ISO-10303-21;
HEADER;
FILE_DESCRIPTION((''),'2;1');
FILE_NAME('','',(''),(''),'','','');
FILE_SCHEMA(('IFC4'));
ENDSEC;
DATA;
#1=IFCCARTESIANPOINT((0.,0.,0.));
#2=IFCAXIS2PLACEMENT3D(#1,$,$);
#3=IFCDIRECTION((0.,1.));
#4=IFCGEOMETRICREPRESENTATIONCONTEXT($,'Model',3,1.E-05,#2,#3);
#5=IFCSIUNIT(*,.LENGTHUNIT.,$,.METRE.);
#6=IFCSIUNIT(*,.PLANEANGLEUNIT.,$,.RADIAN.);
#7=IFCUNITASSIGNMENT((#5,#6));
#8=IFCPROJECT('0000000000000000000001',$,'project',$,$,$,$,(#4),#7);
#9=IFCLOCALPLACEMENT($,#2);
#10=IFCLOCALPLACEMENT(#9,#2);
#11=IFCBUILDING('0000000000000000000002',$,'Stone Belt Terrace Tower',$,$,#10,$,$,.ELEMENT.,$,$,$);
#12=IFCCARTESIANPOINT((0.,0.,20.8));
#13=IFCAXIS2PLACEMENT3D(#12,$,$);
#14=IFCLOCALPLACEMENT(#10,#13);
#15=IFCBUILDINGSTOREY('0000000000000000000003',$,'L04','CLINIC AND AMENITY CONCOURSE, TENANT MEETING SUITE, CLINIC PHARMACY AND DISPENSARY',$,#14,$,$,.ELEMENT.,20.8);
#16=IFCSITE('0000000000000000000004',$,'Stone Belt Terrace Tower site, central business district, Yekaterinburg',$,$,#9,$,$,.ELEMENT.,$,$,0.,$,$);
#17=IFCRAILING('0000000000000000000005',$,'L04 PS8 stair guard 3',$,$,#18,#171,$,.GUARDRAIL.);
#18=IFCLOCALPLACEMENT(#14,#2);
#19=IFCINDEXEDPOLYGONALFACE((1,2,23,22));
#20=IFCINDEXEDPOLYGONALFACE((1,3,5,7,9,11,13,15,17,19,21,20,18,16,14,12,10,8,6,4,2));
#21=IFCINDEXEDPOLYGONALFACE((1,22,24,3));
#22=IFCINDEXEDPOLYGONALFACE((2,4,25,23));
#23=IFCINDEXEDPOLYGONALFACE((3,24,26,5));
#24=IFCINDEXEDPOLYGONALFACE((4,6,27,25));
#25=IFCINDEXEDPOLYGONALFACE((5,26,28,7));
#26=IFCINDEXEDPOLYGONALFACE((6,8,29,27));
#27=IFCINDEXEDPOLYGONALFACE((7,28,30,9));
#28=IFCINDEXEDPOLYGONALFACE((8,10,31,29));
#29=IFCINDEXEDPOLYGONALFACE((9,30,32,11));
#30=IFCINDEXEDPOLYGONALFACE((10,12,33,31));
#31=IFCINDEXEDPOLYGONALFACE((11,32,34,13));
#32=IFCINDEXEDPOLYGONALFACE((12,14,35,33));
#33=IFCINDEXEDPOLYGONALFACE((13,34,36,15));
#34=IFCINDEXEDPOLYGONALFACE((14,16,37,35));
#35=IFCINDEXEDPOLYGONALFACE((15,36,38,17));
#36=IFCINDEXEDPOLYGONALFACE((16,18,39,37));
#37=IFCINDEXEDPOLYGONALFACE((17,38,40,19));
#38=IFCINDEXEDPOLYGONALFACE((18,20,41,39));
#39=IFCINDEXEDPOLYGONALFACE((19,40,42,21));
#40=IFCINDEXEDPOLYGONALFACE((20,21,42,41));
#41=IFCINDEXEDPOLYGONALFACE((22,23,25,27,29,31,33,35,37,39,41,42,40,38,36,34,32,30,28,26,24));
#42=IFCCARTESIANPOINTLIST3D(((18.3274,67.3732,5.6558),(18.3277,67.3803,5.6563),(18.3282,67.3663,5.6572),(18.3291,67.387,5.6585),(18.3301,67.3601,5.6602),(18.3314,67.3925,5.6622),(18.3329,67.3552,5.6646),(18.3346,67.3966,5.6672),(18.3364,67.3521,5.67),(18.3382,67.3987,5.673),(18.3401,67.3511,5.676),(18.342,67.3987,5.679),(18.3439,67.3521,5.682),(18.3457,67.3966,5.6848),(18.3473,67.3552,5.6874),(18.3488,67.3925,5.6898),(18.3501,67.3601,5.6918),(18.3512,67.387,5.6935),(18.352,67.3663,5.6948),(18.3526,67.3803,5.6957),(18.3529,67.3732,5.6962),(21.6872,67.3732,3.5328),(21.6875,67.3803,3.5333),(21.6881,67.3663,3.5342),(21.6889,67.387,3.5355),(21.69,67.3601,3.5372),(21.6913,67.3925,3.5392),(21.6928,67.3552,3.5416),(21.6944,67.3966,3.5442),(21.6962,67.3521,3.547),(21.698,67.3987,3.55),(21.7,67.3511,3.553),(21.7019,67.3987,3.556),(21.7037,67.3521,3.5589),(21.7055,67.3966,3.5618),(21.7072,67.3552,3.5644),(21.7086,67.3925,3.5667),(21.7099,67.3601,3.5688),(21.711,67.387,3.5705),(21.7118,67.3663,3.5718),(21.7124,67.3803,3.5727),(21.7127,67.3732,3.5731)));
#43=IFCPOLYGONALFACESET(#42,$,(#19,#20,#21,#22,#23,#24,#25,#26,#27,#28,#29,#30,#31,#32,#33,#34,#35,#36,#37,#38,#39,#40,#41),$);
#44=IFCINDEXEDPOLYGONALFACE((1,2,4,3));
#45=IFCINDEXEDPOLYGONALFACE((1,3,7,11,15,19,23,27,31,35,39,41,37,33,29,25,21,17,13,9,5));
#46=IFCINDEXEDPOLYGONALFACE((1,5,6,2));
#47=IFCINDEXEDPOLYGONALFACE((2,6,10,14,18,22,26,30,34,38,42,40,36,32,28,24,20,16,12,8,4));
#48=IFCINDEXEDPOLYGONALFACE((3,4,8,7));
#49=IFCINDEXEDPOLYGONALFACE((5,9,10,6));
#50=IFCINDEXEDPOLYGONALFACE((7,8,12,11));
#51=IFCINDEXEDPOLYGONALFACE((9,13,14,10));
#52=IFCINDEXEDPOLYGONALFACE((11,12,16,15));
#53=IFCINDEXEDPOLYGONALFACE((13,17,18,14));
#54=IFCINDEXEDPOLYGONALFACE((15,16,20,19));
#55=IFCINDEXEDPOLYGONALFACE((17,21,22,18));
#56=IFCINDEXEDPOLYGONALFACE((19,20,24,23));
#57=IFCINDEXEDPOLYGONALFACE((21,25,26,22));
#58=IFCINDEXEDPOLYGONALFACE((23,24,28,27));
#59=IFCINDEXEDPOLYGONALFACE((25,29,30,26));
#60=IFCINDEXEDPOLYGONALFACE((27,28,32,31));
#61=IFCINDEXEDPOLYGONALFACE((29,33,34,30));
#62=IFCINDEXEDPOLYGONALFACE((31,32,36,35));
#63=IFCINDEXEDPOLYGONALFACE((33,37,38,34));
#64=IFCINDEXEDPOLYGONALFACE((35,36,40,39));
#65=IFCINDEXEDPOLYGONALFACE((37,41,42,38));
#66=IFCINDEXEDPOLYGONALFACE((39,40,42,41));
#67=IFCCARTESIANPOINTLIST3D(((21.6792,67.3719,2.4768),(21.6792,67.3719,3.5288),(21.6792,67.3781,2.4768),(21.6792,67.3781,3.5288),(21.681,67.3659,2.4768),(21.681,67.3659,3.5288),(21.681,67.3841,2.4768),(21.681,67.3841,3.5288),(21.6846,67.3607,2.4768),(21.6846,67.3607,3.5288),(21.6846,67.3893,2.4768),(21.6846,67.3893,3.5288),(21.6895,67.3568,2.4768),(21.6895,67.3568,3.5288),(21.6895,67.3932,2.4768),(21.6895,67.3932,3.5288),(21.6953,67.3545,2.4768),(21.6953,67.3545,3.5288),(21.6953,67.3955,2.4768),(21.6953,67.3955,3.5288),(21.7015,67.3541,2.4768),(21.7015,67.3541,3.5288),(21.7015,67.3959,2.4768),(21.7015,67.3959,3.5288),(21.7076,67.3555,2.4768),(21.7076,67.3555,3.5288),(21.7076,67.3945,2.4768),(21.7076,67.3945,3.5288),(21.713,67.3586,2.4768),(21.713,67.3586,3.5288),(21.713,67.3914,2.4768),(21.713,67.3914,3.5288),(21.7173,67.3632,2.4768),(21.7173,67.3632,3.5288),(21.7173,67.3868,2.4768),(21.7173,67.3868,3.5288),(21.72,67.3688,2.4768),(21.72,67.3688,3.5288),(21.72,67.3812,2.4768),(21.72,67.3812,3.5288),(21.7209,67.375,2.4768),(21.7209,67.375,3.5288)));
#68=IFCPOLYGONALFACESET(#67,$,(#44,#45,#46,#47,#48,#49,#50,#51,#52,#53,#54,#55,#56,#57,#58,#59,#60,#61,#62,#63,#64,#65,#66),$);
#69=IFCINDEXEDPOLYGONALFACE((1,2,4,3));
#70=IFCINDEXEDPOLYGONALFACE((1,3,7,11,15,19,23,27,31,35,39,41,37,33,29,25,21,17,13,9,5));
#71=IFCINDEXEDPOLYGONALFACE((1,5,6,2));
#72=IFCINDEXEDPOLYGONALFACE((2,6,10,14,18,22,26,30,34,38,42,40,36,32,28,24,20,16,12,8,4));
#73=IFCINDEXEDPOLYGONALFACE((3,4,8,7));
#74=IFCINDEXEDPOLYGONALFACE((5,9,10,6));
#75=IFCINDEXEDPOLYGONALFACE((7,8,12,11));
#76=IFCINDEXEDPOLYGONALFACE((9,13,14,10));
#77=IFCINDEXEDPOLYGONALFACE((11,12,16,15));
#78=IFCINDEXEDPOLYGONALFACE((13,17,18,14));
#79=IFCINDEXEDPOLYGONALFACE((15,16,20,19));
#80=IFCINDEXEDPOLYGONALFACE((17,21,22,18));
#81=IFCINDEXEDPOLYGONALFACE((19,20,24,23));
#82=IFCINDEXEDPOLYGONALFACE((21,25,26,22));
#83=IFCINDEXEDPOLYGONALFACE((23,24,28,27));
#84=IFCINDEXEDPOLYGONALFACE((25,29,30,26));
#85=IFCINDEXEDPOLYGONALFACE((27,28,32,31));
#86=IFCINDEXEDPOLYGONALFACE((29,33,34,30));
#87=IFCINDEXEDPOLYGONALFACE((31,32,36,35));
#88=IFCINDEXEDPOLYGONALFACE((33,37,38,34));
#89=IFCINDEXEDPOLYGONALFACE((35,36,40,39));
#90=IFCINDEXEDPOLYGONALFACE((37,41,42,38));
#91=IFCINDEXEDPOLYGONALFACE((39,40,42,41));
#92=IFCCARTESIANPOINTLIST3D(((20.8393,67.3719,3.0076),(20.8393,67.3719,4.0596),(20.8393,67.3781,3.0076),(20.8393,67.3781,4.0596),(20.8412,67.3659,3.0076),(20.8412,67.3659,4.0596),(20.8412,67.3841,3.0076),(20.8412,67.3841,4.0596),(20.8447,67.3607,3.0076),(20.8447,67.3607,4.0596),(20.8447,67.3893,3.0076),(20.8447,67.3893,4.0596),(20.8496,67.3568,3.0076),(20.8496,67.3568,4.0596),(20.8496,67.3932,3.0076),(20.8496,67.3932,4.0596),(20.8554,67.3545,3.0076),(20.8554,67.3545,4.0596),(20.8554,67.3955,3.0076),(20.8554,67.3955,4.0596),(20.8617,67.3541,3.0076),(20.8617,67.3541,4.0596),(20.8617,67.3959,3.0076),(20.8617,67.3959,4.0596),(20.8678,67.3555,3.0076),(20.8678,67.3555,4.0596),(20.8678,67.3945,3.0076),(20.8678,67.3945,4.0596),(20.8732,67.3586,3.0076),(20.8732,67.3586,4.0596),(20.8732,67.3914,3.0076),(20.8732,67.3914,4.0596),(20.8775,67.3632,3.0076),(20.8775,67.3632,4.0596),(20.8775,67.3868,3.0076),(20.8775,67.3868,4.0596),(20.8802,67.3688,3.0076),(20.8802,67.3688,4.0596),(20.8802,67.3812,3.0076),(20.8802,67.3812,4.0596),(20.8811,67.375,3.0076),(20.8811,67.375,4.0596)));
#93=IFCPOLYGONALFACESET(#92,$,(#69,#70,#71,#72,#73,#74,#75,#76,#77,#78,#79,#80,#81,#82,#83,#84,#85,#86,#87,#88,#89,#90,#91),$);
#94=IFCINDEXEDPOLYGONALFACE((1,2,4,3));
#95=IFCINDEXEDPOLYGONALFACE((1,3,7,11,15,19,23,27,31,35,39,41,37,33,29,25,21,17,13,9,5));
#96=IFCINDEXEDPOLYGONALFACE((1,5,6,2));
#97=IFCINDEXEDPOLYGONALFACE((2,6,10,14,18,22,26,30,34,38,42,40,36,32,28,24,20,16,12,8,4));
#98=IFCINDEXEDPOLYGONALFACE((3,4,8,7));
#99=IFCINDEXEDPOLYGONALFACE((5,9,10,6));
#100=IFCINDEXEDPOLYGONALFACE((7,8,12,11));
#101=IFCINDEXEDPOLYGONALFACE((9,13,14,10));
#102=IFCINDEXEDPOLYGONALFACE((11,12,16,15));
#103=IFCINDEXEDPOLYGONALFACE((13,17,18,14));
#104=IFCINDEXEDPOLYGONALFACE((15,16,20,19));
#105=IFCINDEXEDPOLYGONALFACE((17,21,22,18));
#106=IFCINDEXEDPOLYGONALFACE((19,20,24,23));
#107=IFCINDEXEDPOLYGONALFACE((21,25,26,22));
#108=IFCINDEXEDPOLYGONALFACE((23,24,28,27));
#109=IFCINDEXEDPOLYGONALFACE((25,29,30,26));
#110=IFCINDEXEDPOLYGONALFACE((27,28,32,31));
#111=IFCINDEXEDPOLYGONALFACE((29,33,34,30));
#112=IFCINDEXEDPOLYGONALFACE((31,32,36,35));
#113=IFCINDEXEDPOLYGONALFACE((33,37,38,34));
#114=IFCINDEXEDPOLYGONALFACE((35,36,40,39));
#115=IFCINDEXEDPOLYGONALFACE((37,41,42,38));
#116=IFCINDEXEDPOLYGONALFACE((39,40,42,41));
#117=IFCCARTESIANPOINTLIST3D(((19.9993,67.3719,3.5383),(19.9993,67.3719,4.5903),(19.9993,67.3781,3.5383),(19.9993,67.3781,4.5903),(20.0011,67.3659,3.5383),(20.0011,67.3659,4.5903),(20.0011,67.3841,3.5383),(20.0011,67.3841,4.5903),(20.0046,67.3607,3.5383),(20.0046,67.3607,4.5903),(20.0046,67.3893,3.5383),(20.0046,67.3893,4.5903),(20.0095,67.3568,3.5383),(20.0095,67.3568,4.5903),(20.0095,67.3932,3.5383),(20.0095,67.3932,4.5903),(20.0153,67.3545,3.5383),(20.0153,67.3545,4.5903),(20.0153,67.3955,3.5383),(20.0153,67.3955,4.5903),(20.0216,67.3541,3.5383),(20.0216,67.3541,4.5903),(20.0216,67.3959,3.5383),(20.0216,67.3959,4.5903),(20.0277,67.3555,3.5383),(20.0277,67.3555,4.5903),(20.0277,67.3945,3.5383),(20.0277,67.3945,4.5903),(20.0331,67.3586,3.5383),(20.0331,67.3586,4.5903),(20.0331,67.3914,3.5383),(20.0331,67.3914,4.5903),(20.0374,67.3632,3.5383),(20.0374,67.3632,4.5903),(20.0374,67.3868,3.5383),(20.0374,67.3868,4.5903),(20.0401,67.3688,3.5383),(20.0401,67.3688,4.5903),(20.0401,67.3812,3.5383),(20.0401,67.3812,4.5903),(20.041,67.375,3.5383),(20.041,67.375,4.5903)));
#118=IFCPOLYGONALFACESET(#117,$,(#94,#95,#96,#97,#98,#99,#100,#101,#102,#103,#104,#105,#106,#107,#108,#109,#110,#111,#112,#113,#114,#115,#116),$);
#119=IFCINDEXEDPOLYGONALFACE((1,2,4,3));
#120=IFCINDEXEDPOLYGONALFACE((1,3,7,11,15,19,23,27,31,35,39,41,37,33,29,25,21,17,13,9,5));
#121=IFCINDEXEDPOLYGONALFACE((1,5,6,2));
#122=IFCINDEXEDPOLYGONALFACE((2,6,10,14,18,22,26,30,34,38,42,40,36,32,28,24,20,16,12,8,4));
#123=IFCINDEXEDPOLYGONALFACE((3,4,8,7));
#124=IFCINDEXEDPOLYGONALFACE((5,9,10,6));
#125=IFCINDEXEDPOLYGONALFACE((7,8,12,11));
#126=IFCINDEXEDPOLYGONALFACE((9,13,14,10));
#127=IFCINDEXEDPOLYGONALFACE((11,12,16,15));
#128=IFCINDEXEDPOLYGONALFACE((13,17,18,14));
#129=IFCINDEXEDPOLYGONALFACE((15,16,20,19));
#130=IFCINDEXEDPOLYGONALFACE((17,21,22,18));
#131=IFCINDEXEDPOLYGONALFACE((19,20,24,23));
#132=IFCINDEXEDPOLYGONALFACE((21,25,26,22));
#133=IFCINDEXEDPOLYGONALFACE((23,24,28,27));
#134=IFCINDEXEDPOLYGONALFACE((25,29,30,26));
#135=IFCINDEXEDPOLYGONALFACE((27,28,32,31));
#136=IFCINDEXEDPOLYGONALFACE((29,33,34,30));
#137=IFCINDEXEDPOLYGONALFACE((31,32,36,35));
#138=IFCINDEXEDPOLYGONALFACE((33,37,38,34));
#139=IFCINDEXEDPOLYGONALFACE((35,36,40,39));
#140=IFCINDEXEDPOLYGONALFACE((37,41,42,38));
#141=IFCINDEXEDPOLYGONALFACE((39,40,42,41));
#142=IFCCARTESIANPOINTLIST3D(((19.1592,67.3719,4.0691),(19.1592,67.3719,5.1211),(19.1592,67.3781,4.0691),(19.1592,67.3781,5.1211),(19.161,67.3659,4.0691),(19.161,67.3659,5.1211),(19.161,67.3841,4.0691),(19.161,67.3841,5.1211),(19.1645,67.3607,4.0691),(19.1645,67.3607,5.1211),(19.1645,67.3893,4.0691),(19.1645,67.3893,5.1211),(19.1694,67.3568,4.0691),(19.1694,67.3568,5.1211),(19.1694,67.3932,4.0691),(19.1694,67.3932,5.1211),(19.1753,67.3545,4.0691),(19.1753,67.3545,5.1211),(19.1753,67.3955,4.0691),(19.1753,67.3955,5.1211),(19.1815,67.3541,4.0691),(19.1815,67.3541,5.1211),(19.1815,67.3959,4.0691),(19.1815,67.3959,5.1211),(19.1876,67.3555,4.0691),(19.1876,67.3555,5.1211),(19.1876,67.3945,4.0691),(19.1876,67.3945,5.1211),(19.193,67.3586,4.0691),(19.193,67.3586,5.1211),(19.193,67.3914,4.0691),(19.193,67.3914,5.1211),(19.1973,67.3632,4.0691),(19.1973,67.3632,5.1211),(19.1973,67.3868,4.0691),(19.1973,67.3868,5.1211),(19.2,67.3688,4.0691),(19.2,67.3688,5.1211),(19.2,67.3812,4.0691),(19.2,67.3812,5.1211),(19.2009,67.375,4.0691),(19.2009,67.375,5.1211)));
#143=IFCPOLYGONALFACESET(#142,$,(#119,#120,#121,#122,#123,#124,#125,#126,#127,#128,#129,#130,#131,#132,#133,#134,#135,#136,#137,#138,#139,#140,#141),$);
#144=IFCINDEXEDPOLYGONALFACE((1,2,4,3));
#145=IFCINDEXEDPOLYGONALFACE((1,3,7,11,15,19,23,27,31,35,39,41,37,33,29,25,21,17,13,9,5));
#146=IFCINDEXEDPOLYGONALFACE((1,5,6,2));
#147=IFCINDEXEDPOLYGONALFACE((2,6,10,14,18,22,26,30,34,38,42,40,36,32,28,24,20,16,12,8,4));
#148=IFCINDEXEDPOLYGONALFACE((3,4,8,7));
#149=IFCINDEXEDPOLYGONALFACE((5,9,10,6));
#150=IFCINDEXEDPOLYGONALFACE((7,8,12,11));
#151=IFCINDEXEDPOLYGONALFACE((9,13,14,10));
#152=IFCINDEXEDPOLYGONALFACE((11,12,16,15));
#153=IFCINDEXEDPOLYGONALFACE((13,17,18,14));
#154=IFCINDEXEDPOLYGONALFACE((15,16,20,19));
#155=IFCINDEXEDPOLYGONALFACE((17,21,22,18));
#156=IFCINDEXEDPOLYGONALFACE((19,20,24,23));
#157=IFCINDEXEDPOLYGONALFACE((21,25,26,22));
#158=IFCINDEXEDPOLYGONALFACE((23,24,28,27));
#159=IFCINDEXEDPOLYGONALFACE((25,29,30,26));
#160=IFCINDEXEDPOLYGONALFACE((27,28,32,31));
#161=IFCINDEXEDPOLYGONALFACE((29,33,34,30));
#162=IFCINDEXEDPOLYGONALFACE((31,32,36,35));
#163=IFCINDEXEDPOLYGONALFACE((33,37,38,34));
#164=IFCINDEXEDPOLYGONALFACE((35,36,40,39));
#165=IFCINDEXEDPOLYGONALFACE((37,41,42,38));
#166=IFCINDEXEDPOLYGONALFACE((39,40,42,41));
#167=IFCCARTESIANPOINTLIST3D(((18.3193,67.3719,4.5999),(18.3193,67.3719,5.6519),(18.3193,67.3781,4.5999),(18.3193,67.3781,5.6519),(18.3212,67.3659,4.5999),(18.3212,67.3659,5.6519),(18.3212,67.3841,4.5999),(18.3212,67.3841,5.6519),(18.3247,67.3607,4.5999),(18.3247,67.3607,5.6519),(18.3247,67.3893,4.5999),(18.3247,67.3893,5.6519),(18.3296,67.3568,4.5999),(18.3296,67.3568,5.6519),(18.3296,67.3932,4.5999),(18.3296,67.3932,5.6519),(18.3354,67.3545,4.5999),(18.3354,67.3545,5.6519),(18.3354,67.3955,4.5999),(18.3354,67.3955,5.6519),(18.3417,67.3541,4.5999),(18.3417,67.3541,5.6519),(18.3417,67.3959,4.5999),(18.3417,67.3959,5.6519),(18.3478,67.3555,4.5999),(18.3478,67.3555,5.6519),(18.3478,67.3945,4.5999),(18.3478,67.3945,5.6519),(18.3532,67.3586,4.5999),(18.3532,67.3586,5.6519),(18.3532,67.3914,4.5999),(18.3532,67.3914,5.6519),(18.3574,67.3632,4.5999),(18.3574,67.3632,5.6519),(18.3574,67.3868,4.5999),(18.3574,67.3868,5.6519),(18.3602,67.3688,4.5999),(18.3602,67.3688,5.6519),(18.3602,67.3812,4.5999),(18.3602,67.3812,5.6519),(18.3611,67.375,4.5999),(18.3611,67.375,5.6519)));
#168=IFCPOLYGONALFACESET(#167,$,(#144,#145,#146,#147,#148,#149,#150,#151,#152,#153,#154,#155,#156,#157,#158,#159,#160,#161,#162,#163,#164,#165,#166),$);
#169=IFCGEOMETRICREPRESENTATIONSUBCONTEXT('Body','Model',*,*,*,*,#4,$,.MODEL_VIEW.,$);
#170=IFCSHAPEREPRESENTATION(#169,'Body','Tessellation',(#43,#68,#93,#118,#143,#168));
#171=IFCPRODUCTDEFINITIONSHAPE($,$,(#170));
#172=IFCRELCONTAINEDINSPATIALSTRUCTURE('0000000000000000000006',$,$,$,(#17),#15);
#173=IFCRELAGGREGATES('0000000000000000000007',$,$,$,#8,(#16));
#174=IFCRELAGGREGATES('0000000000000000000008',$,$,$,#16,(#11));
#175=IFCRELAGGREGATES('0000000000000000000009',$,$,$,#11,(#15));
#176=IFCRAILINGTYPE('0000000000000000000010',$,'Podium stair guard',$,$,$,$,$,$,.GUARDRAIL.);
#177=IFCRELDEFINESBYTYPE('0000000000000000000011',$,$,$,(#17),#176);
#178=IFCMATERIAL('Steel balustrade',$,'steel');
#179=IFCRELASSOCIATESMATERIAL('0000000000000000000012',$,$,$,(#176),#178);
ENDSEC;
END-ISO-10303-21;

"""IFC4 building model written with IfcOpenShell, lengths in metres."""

from ifc_helpers import new_model, si_unit, direction, frame, origin, origin_2d, place, context, subcontext, project, spatial, circle, extrude, material, type_object, element, save


model = new_model("IFC4")

# Units and contexts
model_context = context("Model", 3, precision=1e-05, world=origin(), true_north=direction((0.0, 1.0)))
body_context = subcontext(model_context, "Body", "Model", "MODEL_VIEW")
ifc_project = project(units=[si_unit("LENGTHUNIT", "METRE"), si_unit("PLANEANGLEUNIT", "RADIAN")], contexts=[model_context])

# Site, building, storey
site_placement = place(None, origin())
site = spatial("IfcSite", under=ifc_project, at=site_placement, Name="Stone Belt Terrace Tower site, central business district, Yekaterinburg", CompositionType="ELEMENT", RefElevation=0.0)
building_placement = place(site_placement, origin())
building = spatial("IfcBuilding", under=site, at=building_placement, Name="Stone Belt Terrace Tower", CompositionType="ELEMENT")
storey_placement = place(building_placement, frame((0.0, 0.0, 20.8)))
storey = spatial("IfcBuildingStorey", under=building, at=storey_placement, Name="L04", Description="CLINIC AND AMENITY CONCOURSE, TENANT MEETING SUITE, CLINIC PHARMACY AND DISPENSARY", CompositionType="ELEMENT", Elevation=20.8)

# Railing
ifc_material_1 = material(Name="Steel balustrade", Category="steel")
railing_type_1 = type_object("IfcRailingType", Name="Podium stair guard", PredefinedType="GUARDRAIL", material=ifc_material_1)
railing_1_placement = place(storey_placement, frame((21.7, 67.375, 2.4768)))
element("IfcRailing", 1, at=railing_1_placement, inside=storey, type_object=railing_type_1, Name="L04 PS8 stair guard 3", PredefinedType="GUARDRAIL", context=body_context, shape_type="SweptSolid", body=[
    extrude(circle(Radius=0.0239, at=origin_2d()), frame((0.0, 0.0, 1.0762), z_axis=(-0.845372, 0.0, 0.534178), x_axis=(0.0, -1.0, 0.0)), (0.0, 0.0, 1.0), 3.9744),
    extrude(circle(Radius=0.021, at=origin_2d()), origin(), (0.0, 0.0, 1.0), 1.052),
    extrude(circle(Radius=0.021, at=origin_2d()), frame((-0.8398, 0.0, 0.5308)), (0.0, 0.0, 1.0), 1.052),
    extrude(circle(Radius=0.021, at=origin_2d()), frame((-1.6799, 0.0, 1.0615)), (0.0, 0.0, 1.0), 1.052),
    extrude(circle(Radius=0.021, at=origin_2d()), frame((-2.52, 0.0, 1.5923)), (0.0, 0.0, 1.0), 1.052),
    extrude(circle(Radius=0.021, at=origin_2d()), frame((-3.3599, 0.0, 2.123)), (0.0, 0.0, 1.0), 1.052),
])

save(model, "model.ifc")
